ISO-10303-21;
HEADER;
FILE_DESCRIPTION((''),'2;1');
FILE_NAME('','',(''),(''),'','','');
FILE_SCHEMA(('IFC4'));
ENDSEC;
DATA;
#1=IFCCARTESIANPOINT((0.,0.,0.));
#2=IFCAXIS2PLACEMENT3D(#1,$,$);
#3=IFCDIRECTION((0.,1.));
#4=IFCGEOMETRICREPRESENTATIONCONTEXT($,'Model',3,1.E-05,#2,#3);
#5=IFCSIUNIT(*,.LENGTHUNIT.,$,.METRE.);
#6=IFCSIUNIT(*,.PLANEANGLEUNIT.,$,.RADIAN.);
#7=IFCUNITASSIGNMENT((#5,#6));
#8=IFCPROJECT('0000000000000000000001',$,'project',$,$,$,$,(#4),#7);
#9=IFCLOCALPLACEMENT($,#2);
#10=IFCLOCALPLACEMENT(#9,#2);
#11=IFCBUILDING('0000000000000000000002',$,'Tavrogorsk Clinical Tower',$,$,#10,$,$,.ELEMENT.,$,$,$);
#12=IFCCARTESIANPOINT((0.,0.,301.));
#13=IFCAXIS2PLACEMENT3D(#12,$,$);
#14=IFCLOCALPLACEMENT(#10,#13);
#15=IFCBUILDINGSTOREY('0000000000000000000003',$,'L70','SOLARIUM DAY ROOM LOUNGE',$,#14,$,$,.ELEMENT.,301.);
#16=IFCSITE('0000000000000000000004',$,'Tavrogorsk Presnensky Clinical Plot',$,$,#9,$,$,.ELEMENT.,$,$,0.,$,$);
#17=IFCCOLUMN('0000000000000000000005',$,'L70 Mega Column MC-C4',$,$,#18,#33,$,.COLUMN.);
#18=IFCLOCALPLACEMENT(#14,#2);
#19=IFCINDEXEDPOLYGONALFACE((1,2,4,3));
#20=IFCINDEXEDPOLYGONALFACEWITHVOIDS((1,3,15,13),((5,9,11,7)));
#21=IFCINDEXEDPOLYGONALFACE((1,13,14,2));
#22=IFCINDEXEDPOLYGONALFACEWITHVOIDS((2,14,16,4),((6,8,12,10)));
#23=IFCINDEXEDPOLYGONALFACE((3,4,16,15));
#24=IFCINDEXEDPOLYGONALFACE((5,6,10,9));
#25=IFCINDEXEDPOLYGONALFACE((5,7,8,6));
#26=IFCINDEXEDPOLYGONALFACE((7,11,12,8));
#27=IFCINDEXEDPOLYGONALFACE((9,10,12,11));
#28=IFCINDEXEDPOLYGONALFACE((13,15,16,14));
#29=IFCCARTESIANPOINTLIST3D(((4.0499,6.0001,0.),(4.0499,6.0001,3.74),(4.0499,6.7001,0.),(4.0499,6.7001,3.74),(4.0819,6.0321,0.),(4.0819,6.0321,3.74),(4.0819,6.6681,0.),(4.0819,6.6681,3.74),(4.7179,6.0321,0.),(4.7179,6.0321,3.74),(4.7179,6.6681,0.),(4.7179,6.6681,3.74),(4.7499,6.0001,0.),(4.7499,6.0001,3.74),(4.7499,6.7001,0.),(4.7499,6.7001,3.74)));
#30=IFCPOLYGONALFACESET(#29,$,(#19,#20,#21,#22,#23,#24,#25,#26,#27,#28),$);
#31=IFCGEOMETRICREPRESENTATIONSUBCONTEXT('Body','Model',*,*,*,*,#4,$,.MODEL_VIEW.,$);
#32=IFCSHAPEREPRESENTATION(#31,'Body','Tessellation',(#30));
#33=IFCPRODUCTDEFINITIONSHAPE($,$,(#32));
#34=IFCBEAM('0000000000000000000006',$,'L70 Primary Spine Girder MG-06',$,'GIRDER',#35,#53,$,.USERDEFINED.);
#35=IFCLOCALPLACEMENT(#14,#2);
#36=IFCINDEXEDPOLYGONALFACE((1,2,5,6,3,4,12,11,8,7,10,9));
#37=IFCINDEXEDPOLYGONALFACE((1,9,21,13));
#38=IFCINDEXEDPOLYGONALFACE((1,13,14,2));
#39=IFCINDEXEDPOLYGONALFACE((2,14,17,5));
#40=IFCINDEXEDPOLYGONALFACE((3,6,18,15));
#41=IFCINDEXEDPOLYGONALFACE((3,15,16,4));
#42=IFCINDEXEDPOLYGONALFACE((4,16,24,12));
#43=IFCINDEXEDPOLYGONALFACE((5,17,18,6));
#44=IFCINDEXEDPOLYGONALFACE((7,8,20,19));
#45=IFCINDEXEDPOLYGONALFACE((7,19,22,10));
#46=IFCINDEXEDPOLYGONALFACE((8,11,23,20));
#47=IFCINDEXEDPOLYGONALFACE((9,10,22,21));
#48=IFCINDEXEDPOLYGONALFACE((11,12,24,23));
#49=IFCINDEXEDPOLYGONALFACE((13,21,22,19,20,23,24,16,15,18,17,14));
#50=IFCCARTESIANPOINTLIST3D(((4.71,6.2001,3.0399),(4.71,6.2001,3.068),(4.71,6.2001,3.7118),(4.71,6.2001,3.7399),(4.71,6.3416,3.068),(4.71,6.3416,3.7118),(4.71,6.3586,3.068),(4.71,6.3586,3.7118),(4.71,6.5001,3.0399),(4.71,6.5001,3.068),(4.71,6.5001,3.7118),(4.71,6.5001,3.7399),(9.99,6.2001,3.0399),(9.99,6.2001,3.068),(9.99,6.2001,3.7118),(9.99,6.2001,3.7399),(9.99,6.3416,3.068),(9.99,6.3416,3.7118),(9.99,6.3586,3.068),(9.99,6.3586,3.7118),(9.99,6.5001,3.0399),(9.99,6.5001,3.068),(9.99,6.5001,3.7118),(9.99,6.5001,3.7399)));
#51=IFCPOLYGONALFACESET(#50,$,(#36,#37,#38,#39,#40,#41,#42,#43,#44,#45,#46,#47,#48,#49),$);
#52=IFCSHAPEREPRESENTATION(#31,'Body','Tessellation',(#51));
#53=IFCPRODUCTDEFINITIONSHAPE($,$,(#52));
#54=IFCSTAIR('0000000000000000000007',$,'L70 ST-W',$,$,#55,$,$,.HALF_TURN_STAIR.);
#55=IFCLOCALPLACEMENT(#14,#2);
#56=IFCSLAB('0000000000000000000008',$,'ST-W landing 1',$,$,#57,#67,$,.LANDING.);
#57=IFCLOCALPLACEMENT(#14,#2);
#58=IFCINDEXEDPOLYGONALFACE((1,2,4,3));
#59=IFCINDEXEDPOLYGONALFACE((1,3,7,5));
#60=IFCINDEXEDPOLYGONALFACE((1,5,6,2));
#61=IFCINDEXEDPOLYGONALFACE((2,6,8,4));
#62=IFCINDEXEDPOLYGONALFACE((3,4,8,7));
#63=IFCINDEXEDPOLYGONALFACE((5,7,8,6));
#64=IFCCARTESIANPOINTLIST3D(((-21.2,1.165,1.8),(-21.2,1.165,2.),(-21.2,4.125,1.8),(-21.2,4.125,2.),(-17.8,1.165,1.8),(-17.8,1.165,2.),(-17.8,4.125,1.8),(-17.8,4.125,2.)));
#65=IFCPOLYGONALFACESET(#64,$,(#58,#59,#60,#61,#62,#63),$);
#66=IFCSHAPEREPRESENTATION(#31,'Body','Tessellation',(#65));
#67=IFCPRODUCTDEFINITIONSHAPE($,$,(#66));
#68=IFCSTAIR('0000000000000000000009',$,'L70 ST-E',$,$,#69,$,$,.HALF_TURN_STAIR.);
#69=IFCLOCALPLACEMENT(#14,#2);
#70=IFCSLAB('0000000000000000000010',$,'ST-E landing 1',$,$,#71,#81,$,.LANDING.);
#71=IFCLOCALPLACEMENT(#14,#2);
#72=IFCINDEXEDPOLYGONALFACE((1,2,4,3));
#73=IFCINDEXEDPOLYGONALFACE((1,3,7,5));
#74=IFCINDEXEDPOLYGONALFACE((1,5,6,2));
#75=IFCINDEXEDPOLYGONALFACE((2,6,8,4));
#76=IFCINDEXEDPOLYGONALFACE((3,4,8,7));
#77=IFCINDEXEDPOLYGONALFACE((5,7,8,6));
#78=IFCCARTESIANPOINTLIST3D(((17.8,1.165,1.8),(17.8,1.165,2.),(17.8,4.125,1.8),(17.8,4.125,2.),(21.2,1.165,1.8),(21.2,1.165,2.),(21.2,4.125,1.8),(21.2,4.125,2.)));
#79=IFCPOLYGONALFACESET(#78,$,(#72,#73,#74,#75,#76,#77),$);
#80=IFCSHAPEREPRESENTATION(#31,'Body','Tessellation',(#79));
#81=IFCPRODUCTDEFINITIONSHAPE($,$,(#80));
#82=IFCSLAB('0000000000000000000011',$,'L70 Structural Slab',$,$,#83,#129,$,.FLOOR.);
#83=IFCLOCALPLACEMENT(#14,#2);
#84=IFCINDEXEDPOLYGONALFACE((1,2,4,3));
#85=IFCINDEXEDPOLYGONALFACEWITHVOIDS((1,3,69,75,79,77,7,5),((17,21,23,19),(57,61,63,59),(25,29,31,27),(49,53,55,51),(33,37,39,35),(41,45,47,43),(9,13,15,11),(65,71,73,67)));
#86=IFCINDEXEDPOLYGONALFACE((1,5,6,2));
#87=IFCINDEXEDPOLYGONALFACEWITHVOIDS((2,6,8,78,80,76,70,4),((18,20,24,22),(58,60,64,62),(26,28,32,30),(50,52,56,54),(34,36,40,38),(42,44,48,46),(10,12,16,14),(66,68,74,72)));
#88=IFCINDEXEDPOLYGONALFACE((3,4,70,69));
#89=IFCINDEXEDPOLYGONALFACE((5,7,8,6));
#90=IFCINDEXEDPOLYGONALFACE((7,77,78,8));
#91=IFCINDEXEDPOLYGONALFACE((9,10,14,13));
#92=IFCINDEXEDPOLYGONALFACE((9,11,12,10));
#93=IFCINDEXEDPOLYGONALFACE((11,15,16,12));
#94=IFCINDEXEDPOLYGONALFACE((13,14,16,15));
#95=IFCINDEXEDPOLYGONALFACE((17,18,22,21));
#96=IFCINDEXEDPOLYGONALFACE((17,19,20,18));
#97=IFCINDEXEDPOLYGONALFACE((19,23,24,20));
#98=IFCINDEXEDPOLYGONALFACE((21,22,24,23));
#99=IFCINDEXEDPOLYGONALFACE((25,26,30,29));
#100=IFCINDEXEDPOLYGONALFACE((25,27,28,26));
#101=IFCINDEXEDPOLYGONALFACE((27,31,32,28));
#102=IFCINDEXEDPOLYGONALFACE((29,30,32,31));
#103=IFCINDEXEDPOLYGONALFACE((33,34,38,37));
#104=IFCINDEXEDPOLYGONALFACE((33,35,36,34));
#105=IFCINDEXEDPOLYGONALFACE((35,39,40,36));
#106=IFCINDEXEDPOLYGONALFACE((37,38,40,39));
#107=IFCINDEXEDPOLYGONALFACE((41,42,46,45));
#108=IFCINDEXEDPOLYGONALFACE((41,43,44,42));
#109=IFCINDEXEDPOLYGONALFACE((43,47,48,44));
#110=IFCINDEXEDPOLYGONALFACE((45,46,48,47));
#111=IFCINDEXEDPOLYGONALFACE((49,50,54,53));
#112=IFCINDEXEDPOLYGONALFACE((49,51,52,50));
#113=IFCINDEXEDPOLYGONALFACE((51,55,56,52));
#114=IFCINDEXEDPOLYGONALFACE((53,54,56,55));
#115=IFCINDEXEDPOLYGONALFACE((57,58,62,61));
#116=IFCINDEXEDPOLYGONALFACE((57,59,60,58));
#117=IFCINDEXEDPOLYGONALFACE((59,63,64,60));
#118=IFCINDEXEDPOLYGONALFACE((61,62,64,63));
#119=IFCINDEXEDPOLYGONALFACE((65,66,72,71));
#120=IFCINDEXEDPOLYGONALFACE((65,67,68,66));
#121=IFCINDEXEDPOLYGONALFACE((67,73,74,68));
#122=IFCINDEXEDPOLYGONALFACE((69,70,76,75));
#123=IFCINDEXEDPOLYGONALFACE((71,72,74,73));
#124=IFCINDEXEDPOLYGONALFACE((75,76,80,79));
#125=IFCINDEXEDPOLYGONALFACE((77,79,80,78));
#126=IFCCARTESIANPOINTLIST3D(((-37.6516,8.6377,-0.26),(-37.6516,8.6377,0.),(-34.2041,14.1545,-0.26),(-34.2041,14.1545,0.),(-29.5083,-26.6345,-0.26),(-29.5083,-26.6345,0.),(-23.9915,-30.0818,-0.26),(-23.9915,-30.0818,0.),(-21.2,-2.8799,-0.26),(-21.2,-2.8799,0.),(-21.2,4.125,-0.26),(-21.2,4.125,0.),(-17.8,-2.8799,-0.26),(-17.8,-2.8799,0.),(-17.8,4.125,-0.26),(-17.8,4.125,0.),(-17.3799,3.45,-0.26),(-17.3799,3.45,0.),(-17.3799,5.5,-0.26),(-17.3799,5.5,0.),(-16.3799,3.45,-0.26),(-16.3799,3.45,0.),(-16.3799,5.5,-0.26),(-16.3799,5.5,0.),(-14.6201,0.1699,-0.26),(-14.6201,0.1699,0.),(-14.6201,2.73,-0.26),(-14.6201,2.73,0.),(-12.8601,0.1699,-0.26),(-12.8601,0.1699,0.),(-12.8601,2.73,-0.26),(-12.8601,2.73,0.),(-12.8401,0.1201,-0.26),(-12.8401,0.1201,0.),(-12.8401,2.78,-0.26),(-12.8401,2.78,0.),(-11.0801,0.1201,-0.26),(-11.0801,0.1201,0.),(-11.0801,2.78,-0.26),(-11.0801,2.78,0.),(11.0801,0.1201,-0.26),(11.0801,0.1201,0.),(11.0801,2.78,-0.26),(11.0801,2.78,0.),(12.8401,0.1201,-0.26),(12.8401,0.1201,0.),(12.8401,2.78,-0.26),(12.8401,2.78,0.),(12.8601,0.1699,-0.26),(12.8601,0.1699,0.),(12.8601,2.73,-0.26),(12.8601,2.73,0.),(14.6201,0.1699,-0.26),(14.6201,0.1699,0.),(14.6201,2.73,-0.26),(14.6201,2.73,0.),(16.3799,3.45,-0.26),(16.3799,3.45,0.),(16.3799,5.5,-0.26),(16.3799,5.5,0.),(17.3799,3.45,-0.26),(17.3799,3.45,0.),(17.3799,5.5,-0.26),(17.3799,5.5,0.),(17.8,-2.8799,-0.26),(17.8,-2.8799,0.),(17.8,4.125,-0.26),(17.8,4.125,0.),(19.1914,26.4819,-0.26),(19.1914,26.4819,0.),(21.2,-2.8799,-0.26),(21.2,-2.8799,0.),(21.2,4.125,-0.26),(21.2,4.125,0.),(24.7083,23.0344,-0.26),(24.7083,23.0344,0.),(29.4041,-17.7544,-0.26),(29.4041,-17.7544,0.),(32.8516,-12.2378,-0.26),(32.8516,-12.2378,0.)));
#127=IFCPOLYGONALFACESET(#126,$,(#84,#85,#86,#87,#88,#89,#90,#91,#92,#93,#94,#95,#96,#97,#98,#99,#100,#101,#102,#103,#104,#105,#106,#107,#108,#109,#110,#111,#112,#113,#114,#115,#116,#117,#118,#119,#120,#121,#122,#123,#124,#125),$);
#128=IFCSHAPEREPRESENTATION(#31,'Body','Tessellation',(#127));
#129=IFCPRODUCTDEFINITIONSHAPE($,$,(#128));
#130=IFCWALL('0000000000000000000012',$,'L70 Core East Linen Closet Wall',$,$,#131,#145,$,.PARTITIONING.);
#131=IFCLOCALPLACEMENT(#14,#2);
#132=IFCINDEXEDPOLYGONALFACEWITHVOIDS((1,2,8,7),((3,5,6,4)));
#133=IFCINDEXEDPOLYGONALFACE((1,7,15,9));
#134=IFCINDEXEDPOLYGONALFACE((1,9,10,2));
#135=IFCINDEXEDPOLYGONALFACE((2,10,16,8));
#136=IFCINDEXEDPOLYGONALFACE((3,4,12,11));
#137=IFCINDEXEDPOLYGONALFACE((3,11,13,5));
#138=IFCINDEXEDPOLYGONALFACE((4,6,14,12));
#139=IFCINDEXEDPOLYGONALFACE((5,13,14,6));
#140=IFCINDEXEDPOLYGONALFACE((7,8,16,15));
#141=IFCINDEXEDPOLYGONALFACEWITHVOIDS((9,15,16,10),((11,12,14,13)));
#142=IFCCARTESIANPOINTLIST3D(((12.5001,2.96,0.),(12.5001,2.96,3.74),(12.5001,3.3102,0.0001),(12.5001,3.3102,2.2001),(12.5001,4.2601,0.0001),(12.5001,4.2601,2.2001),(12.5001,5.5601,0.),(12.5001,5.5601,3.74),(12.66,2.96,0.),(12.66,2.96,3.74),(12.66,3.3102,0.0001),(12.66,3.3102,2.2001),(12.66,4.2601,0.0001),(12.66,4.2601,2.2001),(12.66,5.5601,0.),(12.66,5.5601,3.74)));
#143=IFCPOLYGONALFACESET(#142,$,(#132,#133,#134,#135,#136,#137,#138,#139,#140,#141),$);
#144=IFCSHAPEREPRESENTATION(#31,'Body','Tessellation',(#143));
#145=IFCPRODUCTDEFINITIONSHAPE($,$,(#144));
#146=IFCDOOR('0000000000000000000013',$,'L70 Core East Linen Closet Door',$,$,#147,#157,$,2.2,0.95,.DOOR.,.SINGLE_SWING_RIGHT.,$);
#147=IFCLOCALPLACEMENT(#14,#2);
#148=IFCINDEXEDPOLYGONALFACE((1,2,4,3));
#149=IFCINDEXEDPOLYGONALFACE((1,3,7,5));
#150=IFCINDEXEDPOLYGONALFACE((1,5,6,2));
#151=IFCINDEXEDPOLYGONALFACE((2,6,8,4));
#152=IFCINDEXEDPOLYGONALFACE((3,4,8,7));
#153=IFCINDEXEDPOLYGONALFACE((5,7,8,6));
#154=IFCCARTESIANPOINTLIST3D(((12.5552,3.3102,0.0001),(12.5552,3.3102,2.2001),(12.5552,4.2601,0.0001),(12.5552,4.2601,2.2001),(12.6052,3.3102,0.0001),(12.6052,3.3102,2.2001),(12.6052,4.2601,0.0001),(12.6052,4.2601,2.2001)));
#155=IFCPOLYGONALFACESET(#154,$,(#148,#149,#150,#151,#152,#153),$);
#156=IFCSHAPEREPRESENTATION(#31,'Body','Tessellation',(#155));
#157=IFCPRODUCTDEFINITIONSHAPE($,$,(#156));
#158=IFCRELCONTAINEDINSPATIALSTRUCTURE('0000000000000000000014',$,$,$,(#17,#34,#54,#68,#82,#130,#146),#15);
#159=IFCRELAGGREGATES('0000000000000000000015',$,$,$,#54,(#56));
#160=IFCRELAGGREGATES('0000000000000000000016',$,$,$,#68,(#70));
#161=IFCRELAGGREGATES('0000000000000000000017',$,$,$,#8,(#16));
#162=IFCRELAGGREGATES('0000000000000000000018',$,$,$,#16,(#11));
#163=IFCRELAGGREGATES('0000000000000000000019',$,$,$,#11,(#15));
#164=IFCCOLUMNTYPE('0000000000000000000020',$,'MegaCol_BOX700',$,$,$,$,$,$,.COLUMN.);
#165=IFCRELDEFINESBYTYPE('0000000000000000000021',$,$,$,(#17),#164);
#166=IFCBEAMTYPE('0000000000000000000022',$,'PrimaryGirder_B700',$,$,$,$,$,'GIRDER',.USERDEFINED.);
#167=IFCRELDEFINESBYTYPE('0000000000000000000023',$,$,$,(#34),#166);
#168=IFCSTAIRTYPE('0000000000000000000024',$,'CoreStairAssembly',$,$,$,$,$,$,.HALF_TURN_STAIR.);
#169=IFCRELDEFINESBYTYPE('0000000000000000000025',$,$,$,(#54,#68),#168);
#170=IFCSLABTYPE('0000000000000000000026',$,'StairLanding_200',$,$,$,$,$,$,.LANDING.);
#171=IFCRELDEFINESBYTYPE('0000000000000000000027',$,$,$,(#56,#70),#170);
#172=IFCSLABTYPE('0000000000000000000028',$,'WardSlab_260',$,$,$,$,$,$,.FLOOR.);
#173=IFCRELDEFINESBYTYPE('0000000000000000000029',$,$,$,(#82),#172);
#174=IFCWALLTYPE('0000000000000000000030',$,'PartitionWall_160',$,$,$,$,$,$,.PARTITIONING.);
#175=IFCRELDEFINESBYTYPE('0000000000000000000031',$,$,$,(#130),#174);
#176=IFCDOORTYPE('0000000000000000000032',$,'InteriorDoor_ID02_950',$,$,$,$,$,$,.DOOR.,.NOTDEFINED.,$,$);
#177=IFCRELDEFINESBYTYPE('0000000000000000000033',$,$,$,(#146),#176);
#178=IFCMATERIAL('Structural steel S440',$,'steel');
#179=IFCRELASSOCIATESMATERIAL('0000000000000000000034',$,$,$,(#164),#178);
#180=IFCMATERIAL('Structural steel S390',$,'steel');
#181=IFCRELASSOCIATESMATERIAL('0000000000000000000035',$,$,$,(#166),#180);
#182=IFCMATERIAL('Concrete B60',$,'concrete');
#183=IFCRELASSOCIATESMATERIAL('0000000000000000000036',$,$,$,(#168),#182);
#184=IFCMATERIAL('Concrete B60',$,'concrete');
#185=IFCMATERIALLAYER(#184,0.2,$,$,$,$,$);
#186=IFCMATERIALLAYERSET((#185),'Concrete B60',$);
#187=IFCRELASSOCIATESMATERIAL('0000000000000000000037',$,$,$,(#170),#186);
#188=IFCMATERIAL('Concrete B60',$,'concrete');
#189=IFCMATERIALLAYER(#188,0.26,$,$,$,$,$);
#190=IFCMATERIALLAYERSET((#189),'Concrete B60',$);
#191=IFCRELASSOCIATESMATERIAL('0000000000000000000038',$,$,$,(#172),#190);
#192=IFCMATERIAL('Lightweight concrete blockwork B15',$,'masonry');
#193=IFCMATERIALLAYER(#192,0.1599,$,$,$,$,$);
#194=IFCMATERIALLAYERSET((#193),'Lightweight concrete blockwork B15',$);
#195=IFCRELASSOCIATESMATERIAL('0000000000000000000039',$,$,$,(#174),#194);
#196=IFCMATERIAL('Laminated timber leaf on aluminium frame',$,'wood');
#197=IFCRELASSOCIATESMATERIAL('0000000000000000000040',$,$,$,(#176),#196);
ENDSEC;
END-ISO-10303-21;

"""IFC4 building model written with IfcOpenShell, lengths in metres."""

from ifc_helpers import new_model, si_unit, direction, frame, frame_2d, origin, origin_2d, place, context, subcontext, project, spatial, polyline, rectangle, hollow_rectangle, i_section, outline, extrude, material, layer, layer_set, material_profile, profile_set, type_object, element, fill, aggregate, save


model = new_model("IFC4")

# Units and contexts
model_context = context("Model", 3, precision=1e-05, world=origin(), true_north=direction((0.0, 1.0)))
body_context = subcontext(model_context, "Body", "Model", "MODEL_VIEW")
ifc_project = project(units=[si_unit("LENGTHUNIT", "METRE"), si_unit("PLANEANGLEUNIT", "RADIAN")], contexts=[model_context])

# Site, building, storey
site_placement = place(None, origin())
site = spatial("IfcSite", under=ifc_project, at=site_placement, Name="Tavrogorsk Presnensky Clinical Plot", CompositionType="ELEMENT", RefElevation=0.0)
building_placement = place(site_placement, origin())
building = spatial("IfcBuilding", under=site, at=building_placement, Name="Tavrogorsk Clinical Tower", CompositionType="ELEMENT")
storey_placement = place(building_placement, frame((0.0, 0.0, 301.0)))
storey = spatial("IfcBuildingStorey", under=building, at=storey_placement, Name="L70", Description="SOLARIUM DAY ROOM LOUNGE", CompositionType="ELEMENT", Elevation=301.0)

# Column
ifc_material_1 = material(Name="Structural steel S440", Category="steel")
ifc_material_profile_1 = material_profile(ifc_material_1, hollow_rectangle(XDim=0.7, YDim=0.7, WallThickness=0.032, at=origin_2d()), Name="BOX-700x700x32")
ifc_profile_set_1 = profile_set([ifc_material_profile_1], Name="Structural steel S440")
column_type = type_object("IfcColumnType", Name="MegaCol_BOX700", PredefinedType="COLUMN", material=ifc_profile_set_1)
column_placement = place(storey_placement, frame((4.3999, 6.3501, 0.0), z_axis=(0.0, 0.0, 1.0), x_axis=(1.0, 0.0, 0.0)))
element("IfcColumn", 1, at=column_placement, inside=storey, type_object=column_type, Name="L70 Mega Column MC-C4", PredefinedType="COLUMN", context=body_context, shape_type="SweptSolid", body=[
    extrude(hollow_rectangle(XDim=0.7, YDim=0.7, WallThickness=0.032, at=origin_2d()), origin(), (0.0, 0.0, 1.0), 3.74),
])

# Beam
ifc_material_2 = material(Name="Structural steel S390", Category="steel")
ifc_material_profile_2 = material_profile(ifc_material_2, i_section(OverallWidth=0.3, OverallDepth=0.7, WebThickness=0.0171, FlangeThickness=0.0281, at=origin_2d()), Name="B-700x300x17x28")
ifc_profile_set_2 = profile_set([ifc_material_profile_2], Name="Structural steel S390")
beam_type = type_object("IfcBeamType", Name="PrimaryGirder_B700", ElementType="GIRDER", PredefinedType="USERDEFINED", material=ifc_profile_set_2)
beam_placement = place(storey_placement, frame((4.71, 6.3501, 3.3899), z_axis=(1.0, 0.0, 0.0), x_axis=(0.0, 1.0, 0.0)))
element("IfcBeam", 2, at=beam_placement, inside=storey, type_object=beam_type, Name="L70 Primary Spine Girder MG-06", ObjectType="GIRDER", PredefinedType="USERDEFINED", context=body_context, shape_type="SweptSolid", body=[
    extrude(i_section(OverallWidth=0.3, OverallDepth=0.7, WebThickness=0.0171, FlangeThickness=0.0281, at=origin_2d()), origin(), (0.0, 0.0, 1.0), 5.28),
])

# Stairs, slabs
ifc_material_3 = material(Name="Concrete B60", Category="concrete")
stair_type = type_object("IfcStairType", Name="CoreStairAssembly", PredefinedType="HALF_TURN_STAIR", material=ifc_material_3)
stair_1_placement = place(storey_placement, origin())
stair_1 = element("IfcStair", 3, at=stair_1_placement, inside=storey, type_object=stair_type, Name="L70 ST-W", PredefinedType="HALF_TURN_STAIR")
ifc_material_4 = material(Name="Concrete B60", Category="concrete")
ifc_layer_1 = layer(ifc_material_4, 0.2)
ifc_layer_set_1 = layer_set([ifc_layer_1], Name="Concrete B60")
slab_type_1 = type_object("IfcSlabType", Name="StairLanding_200", PredefinedType="LANDING", material=ifc_layer_set_1)
slab_1_placement = place(storey_placement, frame((0.0, 0.0, 1.8)))
slab_1 = element("IfcSlab", 4, at=slab_1_placement, type_object=slab_type_1, Name="ST-W landing 1", PredefinedType="LANDING", context=body_context, shape_type="SweptSolid", body=[
    extrude(outline(polyline([(-17.8, 1.165), (-17.8, 4.125), (-21.2, 4.125), (-21.2, 1.165), (-17.8, 1.165)])), origin(), (0.0, 0.0, 1.0), 0.2),
])
aggregate(stair_1, [slab_1])
stair_2_placement = place(storey_placement, origin())
stair_2 = element("IfcStair", 5, at=stair_2_placement, inside=storey, type_object=stair_type, Name="L70 ST-E", PredefinedType="HALF_TURN_STAIR")
slab_2_placement = place(storey_placement, frame((0.0, 0.0, 1.8)))
slab_2 = element("IfcSlab", 6, at=slab_2_placement, type_object=slab_type_1, Name="ST-E landing 1", PredefinedType="LANDING", context=body_context, shape_type="SweptSolid", body=[
    extrude(outline(polyline([(21.2, 1.165), (21.2, 4.125), (17.8, 4.125), (17.8, 1.165), (21.2, 1.165)])), origin(), (0.0, 0.0, 1.0), 0.2),
])
aggregate(stair_2, [slab_2])

# Slab
ifc_material_5 = material(Name="Concrete B60", Category="concrete")
ifc_layer_2 = layer(ifc_material_5, 0.26)
ifc_layer_set_2 = layer_set([ifc_layer_2], Name="Concrete B60")
slab_type_2 = type_object("IfcSlabType", Name="WardSlab_260", PredefinedType="FLOOR", material=ifc_layer_set_2)
slab_3_placement = place(storey_placement, frame((0.0, 0.0, -0.26)))
element("IfcSlab", 7, at=slab_3_placement, inside=storey, type_object=slab_type_2, Name="L70 Structural Slab", PredefinedType="FLOOR", context=body_context, shape_type="SweptSolid", body=[
    extrude(outline(polyline([(-23.9915, -30.0818), (29.4041, -17.7544), (32.8516, -12.2378), (24.7083, 23.0344), (19.1914, 26.4819), (-34.2041, 14.1545), (-37.6516, 8.6377), (-29.5083, -26.6345), (-23.9915, -30.0818)]), holes=[polyline([(-17.8, -2.8799), (-17.8, 4.125), (-21.2, 4.125), (-21.2, -2.8799), (-17.8, -2.8799)]), polyline([(21.2, -2.8799), (21.2, 4.125), (17.8, 4.125), (17.8, -2.8799), (21.2, -2.8799)]), polyline([(-14.6201, 0.1699), (-12.8601, 0.1699), (-12.8601, 2.73), (-14.6201, 2.73), (-14.6201, 0.1699)]), polyline([(-12.8401, 0.1201), (-11.0801, 0.1201), (-11.0801, 2.78), (-12.8401, 2.78), (-12.8401, 0.1201)]), polyline([(12.8601, 0.1699), (14.6201, 0.1699), (14.6201, 2.73), (12.8601, 2.73), (12.8601, 0.1699)]), polyline([(11.0801, 0.1201), (12.8401, 0.1201), (12.8401, 2.78), (11.0801, 2.78), (11.0801, 0.1201)]), polyline([(-17.3799, 3.45), (-16.3799, 3.45), (-16.3799, 5.5), (-17.3799, 5.5), (-17.3799, 3.45)]), polyline([(16.3799, 3.45), (17.3799, 3.45), (17.3799, 5.5), (16.3799, 5.5), (16.3799, 3.45)])]), origin(), (0.0, 0.0, 1.0), 0.26),
])

# Wall, opening, door
ifc_material_6 = material(Name="Lightweight concrete blockwork B15", Category="masonry")
ifc_layer_3 = layer(ifc_material_6, 0.1599)
ifc_layer_set_3 = layer_set([ifc_layer_3], Name="Lightweight concrete blockwork B15")
wall_type_1 = type_object("IfcWallType", Name="PartitionWall_160", PredefinedType="PARTITIONING", material=ifc_layer_set_3)
wall_1_placement = place(storey_placement, frame((12.5801, 2.96, 0.0), z_axis=(0.0, 0.0, 1.0), x_axis=(0.0, 1.0, 0.0)))
wall_1 = element("IfcWall", 8, at=wall_1_placement, inside=storey, type_object=wall_type_1, Name="L70 Core East Linen Closet Wall", PredefinedType="PARTITIONING", context=body_context, shape_type="SweptSolid", body=[
    extrude(rectangle(XDim=2.6001, YDim=0.1599, at=frame_2d((1.3, 0.0))), origin(), (0.0, 0.0, 1.0), 3.74),
])
opening_1_placement = place(wall_1_placement, frame((0.3501, 0.0, 0.0)))
opening_1 = element("IfcOpeningElement", 9, at=opening_1_placement, cuts=wall_1, PredefinedType="OPENING", context=body_context, shape_type="SweptSolid", body=[
    extrude(rectangle(XDim=0.95, YDim=2.2, at=frame_2d((0.4751, 1.1001))), frame((0.0, 0.0898, 0.0), z_axis=(0.0, -1.0, 0.0), x_axis=(1.0, 0.0, 0.0)), (0.0, 0.0, 1.0), 0.1799),
])
ifc_material_7 = material(Name="Laminated timber leaf on aluminium frame", Category="wood")
door_type_1 = type_object("IfcDoorType", Name="InteriorDoor_ID02_950", OperationType="NOTDEFINED", PredefinedType="DOOR", material=ifc_material_7)
door_1_placement = place(opening_1_placement, origin())
door_1 = element("IfcDoor", 10, at=door_1_placement, inside=storey, type_object=door_type_1, Name="L70 Core East Linen Closet Door", OperationType="SINGLE_SWING_RIGHT", OverallHeight=2.2, OverallWidth=0.95, PredefinedType="DOOR", context=body_context, shape_type="SweptSolid", body=[
    extrude(rectangle(XDim=0.95, YDim=2.2, at=frame_2d((0.4751, 1.1001))), frame((0.0, 0.0249, 0.0), z_axis=(0.0, -1.0, 0.0), x_axis=(1.0, 0.0, 0.0)), (0.0, 0.0, 1.0), 0.05),
])
fill(opening_1, door_1)

save(model, "model.ifc")
